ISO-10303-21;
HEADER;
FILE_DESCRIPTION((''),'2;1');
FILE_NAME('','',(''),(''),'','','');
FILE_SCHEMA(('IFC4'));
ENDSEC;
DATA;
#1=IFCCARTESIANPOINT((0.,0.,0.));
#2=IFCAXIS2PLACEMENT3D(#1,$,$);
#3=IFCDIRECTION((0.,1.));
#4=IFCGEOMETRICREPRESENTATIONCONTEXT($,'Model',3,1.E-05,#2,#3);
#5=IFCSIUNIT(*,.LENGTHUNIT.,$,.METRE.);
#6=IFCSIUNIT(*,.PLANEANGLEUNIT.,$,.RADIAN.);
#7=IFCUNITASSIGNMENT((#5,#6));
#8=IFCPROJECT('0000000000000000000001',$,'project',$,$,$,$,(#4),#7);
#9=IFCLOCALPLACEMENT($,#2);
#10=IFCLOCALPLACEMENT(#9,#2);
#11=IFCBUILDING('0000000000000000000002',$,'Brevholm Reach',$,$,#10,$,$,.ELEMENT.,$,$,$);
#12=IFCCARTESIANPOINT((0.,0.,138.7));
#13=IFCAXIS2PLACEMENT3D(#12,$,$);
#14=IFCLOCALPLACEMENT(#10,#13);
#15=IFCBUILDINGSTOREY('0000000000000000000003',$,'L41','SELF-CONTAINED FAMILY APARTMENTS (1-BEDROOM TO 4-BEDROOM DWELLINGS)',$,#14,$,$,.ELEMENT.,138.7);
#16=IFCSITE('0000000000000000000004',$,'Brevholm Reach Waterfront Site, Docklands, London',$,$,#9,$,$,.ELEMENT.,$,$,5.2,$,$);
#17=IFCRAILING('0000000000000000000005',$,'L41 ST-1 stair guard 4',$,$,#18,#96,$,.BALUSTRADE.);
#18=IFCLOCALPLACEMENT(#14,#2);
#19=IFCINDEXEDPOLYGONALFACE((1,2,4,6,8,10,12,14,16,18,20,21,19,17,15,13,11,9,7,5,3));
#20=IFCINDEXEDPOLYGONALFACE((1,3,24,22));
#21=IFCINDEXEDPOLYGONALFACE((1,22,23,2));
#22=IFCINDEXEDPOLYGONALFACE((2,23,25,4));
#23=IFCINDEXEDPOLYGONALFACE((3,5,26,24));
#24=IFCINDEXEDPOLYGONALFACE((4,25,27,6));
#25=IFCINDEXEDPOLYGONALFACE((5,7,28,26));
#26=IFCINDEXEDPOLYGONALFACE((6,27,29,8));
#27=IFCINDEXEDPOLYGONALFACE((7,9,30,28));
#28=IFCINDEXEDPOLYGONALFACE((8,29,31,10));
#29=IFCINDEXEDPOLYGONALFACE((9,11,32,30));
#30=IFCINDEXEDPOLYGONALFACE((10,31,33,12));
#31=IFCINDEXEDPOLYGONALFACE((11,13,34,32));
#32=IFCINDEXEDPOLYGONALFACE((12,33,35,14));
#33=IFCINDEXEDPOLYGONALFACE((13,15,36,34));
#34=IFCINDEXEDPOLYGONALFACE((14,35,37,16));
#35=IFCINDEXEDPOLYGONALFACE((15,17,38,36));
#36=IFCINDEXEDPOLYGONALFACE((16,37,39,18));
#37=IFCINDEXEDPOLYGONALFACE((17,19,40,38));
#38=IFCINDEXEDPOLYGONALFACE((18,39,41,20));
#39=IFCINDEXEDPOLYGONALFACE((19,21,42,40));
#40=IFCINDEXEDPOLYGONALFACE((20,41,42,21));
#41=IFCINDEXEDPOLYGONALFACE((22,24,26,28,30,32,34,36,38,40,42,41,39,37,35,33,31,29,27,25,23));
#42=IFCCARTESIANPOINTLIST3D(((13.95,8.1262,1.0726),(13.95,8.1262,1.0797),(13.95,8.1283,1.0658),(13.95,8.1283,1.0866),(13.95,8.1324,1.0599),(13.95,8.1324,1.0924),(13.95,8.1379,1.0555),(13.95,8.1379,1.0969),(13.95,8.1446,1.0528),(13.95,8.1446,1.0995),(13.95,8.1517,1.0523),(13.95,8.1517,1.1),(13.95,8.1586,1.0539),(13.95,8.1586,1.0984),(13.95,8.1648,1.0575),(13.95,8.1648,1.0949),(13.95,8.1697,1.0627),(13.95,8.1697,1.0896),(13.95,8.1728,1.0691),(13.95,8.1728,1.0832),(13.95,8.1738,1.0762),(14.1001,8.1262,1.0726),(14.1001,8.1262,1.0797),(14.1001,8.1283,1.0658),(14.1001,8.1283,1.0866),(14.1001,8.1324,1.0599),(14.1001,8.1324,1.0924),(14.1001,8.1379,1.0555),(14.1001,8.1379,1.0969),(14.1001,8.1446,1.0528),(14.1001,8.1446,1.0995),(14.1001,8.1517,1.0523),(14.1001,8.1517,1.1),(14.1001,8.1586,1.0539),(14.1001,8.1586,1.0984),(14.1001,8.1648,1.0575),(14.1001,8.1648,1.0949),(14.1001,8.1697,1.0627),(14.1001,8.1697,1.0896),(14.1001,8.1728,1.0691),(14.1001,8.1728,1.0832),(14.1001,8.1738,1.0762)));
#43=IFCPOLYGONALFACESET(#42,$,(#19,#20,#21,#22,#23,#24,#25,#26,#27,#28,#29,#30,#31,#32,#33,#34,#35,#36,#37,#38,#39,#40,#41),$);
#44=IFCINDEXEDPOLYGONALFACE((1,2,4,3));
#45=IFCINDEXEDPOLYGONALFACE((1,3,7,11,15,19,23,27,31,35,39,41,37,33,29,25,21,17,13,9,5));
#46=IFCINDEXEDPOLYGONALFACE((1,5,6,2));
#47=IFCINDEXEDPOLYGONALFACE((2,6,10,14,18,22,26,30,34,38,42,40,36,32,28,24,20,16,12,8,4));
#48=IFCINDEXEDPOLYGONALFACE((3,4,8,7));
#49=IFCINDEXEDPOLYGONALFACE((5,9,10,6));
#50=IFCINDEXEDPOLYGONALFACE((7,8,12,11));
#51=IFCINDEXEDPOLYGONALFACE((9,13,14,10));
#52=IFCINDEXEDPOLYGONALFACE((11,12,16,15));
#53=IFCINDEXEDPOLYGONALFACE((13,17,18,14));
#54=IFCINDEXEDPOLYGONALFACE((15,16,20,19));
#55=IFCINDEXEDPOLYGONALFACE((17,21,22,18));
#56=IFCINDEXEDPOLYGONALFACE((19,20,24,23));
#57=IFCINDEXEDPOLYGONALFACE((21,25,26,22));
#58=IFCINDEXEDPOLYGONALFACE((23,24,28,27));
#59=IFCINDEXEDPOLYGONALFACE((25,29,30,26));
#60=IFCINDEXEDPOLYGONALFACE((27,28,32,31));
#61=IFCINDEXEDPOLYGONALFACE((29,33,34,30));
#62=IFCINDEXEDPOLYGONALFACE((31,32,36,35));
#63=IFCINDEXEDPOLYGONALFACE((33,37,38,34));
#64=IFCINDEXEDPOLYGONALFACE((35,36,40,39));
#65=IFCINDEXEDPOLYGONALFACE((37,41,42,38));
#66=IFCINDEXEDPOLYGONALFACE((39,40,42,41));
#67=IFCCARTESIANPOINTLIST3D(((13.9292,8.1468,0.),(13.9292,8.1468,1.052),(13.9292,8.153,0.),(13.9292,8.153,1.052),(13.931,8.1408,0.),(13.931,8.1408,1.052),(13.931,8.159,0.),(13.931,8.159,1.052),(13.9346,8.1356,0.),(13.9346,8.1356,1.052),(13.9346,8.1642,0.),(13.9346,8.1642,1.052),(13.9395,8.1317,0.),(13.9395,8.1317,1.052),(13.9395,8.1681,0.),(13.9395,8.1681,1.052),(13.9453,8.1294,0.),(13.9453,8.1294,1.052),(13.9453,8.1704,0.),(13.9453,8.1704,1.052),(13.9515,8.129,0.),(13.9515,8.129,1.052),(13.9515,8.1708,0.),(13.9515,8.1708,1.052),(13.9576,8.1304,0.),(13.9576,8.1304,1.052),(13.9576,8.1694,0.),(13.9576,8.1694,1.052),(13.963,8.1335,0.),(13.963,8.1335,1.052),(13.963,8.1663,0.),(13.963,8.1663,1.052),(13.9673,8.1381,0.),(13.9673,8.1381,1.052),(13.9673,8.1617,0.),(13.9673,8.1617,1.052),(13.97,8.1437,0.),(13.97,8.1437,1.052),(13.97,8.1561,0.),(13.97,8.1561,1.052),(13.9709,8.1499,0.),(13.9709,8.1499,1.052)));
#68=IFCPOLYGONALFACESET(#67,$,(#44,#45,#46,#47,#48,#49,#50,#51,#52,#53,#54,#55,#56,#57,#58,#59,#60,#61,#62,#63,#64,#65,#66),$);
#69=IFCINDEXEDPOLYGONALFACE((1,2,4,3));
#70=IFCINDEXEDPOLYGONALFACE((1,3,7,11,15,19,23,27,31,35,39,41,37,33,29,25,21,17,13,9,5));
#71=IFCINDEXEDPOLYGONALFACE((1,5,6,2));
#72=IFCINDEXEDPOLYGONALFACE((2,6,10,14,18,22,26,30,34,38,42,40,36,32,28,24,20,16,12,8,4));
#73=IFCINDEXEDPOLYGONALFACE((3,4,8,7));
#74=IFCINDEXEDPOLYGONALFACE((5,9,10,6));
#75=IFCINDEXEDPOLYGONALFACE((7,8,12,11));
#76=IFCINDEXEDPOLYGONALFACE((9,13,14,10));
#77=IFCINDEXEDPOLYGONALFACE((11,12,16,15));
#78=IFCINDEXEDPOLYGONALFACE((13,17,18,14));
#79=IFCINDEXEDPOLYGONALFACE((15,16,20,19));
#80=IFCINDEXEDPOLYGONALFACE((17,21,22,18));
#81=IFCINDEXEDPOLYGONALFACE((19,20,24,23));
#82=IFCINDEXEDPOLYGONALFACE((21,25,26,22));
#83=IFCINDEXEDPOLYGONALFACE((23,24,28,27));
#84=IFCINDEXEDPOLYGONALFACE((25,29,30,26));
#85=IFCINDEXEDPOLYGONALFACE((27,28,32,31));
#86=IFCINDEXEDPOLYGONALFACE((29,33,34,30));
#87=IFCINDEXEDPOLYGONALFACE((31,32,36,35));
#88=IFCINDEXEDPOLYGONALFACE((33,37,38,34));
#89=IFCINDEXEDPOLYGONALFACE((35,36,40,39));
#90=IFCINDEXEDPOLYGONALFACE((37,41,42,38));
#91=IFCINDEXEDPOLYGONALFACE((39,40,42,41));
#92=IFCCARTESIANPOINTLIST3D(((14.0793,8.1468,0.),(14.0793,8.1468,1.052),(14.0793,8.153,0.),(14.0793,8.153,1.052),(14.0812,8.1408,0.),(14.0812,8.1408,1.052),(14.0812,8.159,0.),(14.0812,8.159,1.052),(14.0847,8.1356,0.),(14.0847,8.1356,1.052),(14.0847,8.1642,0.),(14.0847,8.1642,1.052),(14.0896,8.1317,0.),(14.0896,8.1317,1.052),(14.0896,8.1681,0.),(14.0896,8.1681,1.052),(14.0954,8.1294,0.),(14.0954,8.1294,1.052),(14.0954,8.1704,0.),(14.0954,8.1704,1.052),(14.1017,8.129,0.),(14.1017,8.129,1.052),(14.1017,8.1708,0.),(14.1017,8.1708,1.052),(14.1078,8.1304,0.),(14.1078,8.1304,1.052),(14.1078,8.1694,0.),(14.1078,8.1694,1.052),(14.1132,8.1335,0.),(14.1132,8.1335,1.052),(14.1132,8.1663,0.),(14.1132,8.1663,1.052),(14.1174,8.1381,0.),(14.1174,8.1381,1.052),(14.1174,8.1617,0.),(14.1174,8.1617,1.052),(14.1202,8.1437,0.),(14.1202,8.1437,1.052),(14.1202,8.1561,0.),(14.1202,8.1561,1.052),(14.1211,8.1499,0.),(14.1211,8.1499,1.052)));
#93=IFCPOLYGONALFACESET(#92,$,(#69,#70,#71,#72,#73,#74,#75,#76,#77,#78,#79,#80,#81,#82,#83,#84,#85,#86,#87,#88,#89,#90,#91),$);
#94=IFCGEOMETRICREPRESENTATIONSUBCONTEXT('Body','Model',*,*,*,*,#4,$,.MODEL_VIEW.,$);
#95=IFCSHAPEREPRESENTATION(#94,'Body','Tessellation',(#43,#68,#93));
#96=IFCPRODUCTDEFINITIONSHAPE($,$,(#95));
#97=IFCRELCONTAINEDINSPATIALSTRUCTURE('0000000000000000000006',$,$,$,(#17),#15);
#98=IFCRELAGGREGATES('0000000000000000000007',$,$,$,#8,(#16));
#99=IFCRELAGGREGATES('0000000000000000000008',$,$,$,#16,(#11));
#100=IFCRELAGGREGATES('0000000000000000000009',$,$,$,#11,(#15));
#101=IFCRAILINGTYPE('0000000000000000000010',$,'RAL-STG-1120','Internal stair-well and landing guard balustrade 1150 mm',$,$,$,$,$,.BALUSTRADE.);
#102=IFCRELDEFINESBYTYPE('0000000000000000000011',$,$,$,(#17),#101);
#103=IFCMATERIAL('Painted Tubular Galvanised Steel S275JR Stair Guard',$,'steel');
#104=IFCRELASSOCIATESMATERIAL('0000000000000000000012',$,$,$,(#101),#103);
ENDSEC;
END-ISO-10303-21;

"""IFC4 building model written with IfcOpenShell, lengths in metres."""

from ifc_helpers import new_model, si_unit, direction, frame, origin, origin_2d, place, context, subcontext, project, spatial, circle, extrude, material, type_object, element, save


model = new_model("IFC4")

# Units and contexts
model_context = context("Model", 3, precision=1e-05, world=origin(), true_north=direction((0.0, 1.0)))
body_context = subcontext(model_context, "Body", "Model", "MODEL_VIEW")
ifc_project = project(units=[si_unit("LENGTHUNIT", "METRE"), si_unit("PLANEANGLEUNIT", "RADIAN")], contexts=[model_context])

# Site, building, storey
site_placement = place(None, origin())
site = spatial("IfcSite", under=ifc_project, at=site_placement, Name="Brevholm Reach Waterfront Site, Docklands, London", CompositionType="ELEMENT", RefElevation=5.2)
building_placement = place(site_placement, origin())
building = spatial("IfcBuilding", under=site, at=building_placement, Name="Brevholm Reach", CompositionType="ELEMENT")
storey_placement = place(building_placement, frame((0.0, 0.0, 138.7)))
storey = spatial("IfcBuildingStorey", under=building, at=storey_placement, Name="L41", Description="SELF-CONTAINED FAMILY APARTMENTS (1-BEDROOM TO 4-BEDROOM DWELLINGS)", CompositionType="ELEMENT", Elevation=138.7)

# Railing
ifc_material_1 = material(Name="Painted Tubular Galvanised Steel S275JR Stair Guard", Category="steel")
railing_type_1 = type_object("IfcRailingType", Name="RAL-STG-1120", Description="Internal stair-well and landing guard balustrade 1150 mm", PredefinedType="BALUSTRADE", material=ifc_material_1)
railing_1_placement = place(storey_placement, frame((13.95, 8.1499, 0.0)))
element("IfcRailing", 1, at=railing_1_placement, inside=storey, type_object=railing_type_1, Name="L41 ST-1 stair guard 4", PredefinedType="BALUSTRADE", context=body_context, shape_type="SweptSolid", body=[
    extrude(circle(Radius=0.0239, at=origin_2d()), frame((0.0, 0.0, 1.0762), z_axis=(1.0, 0.0, 0.0), x_axis=(0.0, 1.0, 0.0)), (0.0, 0.0, 1.0), 0.1501),
    extrude(circle(Radius=0.021, at=origin_2d()), origin(), (0.0, 0.0, 1.0), 1.052),
    extrude(circle(Radius=0.021, at=origin_2d()), frame((0.1501, 0.0, 0.0)), (0.0, 0.0, 1.0), 1.052),
])

save(model, "model.ifc")
